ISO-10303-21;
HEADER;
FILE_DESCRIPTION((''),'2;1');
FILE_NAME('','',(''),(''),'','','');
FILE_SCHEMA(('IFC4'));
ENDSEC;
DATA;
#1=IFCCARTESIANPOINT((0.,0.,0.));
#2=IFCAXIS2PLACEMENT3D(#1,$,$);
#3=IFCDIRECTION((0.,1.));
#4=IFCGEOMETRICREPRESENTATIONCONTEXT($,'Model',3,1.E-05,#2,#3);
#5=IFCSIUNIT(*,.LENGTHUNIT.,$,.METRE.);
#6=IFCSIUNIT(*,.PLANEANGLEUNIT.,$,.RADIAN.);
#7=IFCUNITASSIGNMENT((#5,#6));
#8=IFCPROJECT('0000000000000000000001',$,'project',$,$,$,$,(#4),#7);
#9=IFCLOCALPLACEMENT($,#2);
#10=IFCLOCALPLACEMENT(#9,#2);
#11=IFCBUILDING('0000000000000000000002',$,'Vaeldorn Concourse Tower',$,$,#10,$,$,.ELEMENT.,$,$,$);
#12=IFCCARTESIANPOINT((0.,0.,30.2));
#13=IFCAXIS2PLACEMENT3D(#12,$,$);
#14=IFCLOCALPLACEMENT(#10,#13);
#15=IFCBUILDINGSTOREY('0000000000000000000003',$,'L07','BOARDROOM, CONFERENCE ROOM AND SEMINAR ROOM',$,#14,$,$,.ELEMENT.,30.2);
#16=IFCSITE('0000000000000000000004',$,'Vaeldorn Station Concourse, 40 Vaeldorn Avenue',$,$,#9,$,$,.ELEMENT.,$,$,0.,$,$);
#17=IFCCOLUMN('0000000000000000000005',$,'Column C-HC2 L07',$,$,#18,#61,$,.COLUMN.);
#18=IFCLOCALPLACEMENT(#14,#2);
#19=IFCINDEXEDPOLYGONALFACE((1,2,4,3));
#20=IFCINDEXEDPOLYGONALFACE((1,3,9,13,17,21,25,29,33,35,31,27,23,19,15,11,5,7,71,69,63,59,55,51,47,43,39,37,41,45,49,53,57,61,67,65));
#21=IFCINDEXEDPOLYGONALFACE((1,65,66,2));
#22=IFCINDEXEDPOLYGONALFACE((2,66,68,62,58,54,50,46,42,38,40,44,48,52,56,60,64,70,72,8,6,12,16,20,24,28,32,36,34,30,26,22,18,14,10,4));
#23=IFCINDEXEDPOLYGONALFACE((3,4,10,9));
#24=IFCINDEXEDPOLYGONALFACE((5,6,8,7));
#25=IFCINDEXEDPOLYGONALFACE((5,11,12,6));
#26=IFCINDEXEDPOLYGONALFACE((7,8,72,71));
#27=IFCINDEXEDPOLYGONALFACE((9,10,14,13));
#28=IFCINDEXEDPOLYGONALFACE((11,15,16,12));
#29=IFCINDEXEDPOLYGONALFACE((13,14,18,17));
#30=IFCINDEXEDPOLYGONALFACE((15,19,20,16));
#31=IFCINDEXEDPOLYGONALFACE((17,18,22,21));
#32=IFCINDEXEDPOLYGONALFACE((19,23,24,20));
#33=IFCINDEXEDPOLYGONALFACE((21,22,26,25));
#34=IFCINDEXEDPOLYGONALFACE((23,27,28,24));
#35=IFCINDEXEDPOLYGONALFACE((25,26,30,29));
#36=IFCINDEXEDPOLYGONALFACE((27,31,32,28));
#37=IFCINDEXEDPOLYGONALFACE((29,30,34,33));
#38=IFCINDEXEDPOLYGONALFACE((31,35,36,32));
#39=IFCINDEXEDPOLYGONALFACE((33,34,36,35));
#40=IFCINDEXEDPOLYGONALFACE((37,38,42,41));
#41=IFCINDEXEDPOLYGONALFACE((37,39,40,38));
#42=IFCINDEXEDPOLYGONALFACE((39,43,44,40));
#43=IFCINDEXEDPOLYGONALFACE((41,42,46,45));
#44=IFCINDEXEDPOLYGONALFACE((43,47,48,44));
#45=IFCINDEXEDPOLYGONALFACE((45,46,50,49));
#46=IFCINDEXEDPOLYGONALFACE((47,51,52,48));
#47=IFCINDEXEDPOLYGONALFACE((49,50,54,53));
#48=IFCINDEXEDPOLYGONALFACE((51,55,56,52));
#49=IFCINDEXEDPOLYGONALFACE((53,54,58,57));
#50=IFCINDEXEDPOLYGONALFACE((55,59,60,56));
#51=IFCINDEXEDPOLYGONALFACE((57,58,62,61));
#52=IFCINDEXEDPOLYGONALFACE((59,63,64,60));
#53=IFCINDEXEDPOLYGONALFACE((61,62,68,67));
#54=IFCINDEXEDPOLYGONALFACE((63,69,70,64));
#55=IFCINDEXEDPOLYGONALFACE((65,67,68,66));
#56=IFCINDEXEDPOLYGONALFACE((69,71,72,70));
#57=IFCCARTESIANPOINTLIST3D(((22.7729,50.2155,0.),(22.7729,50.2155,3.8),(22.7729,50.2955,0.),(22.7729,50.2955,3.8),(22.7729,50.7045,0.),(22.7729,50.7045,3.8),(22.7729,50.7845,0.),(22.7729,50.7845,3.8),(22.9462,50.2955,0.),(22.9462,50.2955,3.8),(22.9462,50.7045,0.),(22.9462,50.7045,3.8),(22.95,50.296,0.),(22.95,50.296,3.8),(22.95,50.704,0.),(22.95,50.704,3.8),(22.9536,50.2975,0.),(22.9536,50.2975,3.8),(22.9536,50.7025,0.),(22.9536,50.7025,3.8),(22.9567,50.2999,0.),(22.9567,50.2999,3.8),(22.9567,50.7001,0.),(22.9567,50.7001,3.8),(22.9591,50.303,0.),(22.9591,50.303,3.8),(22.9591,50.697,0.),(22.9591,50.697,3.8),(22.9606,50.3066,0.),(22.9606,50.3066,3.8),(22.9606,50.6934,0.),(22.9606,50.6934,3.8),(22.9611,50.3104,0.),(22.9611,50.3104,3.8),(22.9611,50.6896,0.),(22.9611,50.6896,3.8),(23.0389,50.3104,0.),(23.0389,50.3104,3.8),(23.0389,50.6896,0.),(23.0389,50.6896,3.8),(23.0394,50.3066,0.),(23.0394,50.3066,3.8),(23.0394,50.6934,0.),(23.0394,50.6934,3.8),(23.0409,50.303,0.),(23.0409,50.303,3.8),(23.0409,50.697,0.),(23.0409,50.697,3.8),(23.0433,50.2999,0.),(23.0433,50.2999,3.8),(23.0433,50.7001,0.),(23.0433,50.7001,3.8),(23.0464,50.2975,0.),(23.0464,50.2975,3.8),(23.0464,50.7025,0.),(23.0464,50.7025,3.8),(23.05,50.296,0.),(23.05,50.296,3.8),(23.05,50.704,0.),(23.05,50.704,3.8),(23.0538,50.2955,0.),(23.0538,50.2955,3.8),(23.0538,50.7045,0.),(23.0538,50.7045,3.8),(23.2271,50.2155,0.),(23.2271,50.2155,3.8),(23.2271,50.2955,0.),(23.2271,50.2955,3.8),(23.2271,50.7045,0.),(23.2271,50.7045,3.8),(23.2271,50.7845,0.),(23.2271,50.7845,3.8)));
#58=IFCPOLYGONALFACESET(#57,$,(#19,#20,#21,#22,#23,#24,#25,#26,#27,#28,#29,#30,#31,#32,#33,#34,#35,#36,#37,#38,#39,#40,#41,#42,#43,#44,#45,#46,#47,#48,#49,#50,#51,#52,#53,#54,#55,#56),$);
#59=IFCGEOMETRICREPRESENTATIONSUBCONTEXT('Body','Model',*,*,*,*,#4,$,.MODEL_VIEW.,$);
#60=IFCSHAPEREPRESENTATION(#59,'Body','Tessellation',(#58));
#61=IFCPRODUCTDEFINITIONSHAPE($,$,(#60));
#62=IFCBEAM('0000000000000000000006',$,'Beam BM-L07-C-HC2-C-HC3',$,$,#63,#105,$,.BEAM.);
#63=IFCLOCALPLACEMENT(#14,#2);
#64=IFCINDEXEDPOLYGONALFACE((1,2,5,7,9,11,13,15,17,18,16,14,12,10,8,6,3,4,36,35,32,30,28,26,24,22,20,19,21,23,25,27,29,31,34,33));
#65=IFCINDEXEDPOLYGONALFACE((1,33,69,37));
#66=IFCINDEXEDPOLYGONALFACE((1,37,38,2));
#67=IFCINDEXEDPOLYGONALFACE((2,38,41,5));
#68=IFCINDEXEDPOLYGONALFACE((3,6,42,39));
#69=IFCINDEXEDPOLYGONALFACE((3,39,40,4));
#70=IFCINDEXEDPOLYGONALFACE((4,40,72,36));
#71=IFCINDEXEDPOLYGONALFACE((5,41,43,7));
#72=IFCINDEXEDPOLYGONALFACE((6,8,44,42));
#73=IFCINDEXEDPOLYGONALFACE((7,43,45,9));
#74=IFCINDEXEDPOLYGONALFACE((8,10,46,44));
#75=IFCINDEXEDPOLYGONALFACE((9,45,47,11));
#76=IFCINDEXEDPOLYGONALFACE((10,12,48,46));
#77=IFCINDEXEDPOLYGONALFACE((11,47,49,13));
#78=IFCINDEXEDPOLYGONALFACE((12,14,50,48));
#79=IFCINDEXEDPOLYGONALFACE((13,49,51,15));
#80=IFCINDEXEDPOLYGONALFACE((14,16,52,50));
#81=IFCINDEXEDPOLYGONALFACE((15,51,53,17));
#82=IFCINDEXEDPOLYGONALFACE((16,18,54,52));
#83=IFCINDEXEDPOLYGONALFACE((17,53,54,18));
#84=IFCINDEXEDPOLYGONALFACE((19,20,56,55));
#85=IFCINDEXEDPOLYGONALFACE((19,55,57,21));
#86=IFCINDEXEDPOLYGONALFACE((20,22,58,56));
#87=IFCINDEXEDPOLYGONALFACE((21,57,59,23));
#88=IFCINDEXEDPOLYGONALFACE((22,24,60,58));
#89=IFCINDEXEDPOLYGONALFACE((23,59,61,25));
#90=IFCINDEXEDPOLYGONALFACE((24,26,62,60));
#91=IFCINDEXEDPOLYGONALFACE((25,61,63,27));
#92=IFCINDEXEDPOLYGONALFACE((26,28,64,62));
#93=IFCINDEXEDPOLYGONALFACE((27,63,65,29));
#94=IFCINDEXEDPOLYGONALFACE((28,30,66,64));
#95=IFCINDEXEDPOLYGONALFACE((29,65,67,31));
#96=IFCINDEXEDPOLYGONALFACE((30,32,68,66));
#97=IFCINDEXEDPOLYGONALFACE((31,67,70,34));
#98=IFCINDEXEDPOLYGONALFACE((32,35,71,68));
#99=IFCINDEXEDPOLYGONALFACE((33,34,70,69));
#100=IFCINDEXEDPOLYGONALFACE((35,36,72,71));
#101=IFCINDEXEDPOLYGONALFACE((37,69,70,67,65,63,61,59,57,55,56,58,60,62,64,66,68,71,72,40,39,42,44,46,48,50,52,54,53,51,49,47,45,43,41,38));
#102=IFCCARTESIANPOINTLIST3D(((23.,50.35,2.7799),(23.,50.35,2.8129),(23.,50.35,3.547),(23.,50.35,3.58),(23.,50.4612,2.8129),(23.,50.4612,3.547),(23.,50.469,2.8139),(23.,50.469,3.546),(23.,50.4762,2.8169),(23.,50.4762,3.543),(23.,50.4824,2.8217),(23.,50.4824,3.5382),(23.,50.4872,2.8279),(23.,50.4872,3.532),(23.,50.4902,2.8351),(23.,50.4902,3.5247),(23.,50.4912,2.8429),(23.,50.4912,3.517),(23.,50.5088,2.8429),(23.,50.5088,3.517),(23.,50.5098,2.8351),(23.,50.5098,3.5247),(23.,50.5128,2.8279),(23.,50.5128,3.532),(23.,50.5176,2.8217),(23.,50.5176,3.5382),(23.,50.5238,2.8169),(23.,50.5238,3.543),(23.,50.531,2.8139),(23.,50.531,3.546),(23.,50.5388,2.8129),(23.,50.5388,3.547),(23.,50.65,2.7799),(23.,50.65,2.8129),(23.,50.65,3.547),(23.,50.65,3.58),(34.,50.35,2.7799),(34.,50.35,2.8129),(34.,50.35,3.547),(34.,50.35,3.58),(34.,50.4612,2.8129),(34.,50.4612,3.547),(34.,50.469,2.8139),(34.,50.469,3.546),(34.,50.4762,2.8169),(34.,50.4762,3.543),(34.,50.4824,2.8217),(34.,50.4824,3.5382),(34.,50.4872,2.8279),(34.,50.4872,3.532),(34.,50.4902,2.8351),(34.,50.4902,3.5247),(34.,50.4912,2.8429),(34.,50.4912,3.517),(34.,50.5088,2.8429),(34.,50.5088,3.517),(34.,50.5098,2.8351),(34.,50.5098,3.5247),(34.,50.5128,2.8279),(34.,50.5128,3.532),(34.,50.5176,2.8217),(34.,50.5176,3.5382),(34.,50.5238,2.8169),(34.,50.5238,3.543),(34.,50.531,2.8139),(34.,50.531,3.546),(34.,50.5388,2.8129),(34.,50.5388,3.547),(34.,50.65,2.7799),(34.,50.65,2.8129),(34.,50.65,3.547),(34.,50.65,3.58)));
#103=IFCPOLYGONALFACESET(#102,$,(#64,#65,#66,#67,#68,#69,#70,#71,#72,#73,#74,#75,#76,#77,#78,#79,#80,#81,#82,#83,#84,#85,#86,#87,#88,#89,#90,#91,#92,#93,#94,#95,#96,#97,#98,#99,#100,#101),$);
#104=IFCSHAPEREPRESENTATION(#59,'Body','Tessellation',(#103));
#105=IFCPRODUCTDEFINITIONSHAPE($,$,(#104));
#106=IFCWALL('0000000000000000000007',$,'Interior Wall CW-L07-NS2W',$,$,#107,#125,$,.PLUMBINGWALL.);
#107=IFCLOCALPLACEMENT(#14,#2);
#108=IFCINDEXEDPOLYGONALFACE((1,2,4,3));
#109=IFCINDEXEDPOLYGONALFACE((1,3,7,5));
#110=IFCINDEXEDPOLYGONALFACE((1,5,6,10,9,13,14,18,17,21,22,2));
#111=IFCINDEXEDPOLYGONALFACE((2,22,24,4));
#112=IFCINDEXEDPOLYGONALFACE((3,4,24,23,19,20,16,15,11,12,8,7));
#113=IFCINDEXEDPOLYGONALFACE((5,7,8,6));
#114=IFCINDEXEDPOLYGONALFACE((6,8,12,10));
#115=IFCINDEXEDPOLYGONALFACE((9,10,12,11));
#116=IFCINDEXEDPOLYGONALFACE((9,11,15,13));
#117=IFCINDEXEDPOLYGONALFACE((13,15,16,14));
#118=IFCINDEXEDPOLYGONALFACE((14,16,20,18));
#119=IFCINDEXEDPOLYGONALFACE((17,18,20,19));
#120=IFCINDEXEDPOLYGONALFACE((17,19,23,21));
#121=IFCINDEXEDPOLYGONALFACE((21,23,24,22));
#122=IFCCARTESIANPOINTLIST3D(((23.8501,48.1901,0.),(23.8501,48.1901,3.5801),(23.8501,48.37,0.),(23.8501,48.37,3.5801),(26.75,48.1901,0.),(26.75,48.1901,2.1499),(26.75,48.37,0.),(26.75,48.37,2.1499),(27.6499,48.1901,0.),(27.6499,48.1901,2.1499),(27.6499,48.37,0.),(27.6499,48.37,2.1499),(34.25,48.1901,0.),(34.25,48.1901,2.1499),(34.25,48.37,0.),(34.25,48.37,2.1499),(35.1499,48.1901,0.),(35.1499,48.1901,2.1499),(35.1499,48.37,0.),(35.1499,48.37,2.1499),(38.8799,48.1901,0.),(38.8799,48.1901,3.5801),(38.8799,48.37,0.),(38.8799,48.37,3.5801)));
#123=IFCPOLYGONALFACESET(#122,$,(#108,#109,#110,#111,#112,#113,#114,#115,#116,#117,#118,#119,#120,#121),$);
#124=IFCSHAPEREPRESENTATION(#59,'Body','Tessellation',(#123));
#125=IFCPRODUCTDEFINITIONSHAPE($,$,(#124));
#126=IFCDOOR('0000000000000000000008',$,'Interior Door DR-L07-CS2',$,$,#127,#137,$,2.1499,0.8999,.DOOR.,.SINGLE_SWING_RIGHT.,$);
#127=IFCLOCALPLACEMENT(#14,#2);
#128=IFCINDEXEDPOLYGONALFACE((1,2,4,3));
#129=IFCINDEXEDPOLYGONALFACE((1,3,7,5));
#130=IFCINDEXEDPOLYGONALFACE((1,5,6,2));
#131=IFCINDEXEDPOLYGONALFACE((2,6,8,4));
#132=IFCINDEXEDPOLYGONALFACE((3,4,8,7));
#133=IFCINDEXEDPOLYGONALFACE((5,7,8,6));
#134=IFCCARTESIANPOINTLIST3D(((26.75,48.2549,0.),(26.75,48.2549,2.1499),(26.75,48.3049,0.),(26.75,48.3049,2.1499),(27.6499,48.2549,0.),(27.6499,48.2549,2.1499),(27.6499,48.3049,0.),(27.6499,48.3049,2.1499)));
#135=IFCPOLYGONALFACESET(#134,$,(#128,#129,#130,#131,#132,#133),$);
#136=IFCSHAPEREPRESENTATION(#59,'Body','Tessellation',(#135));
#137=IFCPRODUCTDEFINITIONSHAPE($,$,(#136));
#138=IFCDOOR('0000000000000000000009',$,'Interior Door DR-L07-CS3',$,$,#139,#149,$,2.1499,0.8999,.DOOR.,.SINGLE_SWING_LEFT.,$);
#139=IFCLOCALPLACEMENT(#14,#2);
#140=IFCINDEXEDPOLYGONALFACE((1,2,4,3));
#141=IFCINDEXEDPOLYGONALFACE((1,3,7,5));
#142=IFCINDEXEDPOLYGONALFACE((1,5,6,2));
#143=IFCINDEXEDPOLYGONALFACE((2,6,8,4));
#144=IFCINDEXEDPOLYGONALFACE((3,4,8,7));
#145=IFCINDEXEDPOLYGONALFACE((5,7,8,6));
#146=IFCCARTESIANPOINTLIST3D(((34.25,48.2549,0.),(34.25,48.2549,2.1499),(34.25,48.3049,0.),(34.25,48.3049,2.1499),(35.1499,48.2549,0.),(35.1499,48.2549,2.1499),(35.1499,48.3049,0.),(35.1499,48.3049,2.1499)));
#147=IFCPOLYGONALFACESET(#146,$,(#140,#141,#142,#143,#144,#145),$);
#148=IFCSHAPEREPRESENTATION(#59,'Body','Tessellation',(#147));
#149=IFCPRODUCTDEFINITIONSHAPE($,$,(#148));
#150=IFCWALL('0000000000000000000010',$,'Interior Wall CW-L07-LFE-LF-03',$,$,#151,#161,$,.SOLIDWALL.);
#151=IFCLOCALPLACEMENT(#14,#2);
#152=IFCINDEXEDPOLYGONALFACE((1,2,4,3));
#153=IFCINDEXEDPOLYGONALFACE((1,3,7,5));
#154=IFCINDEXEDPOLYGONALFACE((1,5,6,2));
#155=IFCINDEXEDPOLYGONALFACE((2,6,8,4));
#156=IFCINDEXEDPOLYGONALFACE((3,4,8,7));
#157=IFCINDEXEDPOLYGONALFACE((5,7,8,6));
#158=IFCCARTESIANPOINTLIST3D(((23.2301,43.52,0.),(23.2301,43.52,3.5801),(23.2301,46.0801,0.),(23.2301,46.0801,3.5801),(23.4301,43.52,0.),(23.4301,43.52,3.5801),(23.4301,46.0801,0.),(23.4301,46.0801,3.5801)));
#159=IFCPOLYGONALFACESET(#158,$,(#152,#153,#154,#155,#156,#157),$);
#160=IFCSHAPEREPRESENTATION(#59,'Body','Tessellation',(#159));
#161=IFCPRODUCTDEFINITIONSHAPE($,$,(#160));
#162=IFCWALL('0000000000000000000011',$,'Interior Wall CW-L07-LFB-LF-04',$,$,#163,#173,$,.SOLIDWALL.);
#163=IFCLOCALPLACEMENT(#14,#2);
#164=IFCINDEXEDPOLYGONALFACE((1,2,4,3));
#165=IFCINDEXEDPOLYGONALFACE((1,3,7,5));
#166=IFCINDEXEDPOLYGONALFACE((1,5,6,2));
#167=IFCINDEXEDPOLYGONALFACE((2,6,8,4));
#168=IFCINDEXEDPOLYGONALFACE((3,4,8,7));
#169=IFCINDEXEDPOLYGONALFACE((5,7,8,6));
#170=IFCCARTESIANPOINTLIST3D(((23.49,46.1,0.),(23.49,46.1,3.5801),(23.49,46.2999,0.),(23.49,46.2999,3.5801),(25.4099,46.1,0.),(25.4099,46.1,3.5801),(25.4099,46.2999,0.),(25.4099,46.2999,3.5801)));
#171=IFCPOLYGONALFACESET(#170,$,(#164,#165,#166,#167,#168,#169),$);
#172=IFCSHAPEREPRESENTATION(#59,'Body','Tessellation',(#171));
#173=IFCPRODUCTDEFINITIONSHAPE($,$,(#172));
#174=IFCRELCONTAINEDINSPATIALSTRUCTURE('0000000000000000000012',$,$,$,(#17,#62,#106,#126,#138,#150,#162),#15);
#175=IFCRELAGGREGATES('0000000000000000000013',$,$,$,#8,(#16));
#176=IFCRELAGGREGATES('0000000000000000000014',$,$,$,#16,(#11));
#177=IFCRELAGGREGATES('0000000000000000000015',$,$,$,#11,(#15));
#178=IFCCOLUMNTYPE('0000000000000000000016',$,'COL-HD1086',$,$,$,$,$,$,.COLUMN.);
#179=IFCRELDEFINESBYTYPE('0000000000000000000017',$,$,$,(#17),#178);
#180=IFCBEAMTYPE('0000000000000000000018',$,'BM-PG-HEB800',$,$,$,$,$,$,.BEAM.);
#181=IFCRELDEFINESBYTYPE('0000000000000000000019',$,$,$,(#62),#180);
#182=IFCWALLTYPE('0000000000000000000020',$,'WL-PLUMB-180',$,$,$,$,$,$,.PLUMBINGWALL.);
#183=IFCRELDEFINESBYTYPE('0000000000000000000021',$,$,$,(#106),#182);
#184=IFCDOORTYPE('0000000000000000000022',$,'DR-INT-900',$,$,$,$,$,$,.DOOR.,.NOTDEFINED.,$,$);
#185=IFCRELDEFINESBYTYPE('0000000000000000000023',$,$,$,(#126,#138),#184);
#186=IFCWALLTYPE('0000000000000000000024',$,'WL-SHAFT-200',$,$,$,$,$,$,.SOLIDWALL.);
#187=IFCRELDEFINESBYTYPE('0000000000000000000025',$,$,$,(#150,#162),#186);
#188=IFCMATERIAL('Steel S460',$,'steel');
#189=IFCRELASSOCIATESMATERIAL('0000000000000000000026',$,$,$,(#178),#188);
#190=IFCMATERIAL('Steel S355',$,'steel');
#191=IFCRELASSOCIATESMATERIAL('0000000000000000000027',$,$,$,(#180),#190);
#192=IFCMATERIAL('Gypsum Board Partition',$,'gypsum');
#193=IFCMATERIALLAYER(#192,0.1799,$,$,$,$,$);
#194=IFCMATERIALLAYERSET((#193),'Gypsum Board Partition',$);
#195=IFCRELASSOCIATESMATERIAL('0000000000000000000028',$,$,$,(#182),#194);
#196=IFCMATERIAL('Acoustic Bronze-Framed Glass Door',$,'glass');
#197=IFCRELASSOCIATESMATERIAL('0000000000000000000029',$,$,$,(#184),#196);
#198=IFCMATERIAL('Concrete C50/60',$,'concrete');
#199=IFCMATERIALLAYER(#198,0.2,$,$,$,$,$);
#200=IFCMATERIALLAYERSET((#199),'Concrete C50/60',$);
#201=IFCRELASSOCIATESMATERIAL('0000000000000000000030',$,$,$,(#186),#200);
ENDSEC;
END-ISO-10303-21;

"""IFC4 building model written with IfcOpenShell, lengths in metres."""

from ifc_helpers import new_model, si_unit, direction, frame, frame_2d, origin, origin_2d, place, context, subcontext, project, spatial, rectangle, i_section, extrude, source, transform, mapped, material, layer, layer_set, material_profile, profile_set, type_object, element, fill, save


model = new_model("IFC4")

# Units and contexts
model_context = context("Model", 3, precision=1e-05, world=origin(), true_north=direction((0.0, 1.0)))
body_context = subcontext(model_context, "Body", "Model", "MODEL_VIEW")
ifc_project = project(units=[si_unit("LENGTHUNIT", "METRE"), si_unit("PLANEANGLEUNIT", "RADIAN")], contexts=[model_context])

# Site, building, storey
site_placement = place(None, origin())
site = spatial("IfcSite", under=ifc_project, at=site_placement, Name="Vaeldorn Station Concourse, 40 Vaeldorn Avenue", CompositionType="ELEMENT", RefElevation=0.0)
building_placement = place(site_placement, origin())
building = spatial("IfcBuilding", under=site, at=building_placement, Name="Vaeldorn Concourse Tower", CompositionType="ELEMENT")
storey_placement = place(building_placement, frame((0.0, 0.0, 30.2)))
storey = spatial("IfcBuildingStorey", under=building, at=storey_placement, Name="L07", Description="BOARDROOM, CONFERENCE ROOM AND SEMINAR ROOM", CompositionType="ELEMENT", Elevation=30.2)

# Column
ifc_material_1 = material(Name="Steel S460", Category="steel")
ifc_material_profile_1 = material_profile(ifc_material_1, i_section(OverallWidth=0.4541, OverallDepth=0.5691, WebThickness=0.0779, FlangeThickness=0.0801, FilletRadius=0.0149, at=origin_2d()), Name="HD 400x1086")
ifc_profile_set_1 = profile_set([ifc_material_profile_1], Name="Steel S460")
column_type = type_object("IfcColumnType", Name="COL-HD1086", PredefinedType="COLUMN", material=ifc_profile_set_1)
shared_shape_1 = source(origin(), body_context, "Body", "SweptSolid", [
    extrude(i_section(OverallWidth=0.4541, OverallDepth=0.5691, WebThickness=0.0779, FlangeThickness=0.0801, FilletRadius=0.0149, at=origin_2d()), origin(), (0.0, 0.0, 1.0), 3.8),
])
column_placement = place(storey_placement, frame((23.0, 50.5, 0.0), z_axis=(0.0, 0.0, 1.0), x_axis=(1.0, 0.0, 0.0)))
element("IfcColumn", 1, at=column_placement, inside=storey, type_object=column_type, Name="Column C-HC2 L07", PredefinedType="COLUMN", context=body_context, shape_type="MappedRepresentation", body=[
    mapped(shared_shape_1, transform((0.0, 0.0, 0.0), scale=1.0)),
])

# Beam
ifc_material_2 = material(Name="Steel S355", Category="steel")
ifc_material_profile_2 = material_profile(ifc_material_2, i_section(OverallWidth=0.3, OverallDepth=0.8, WebThickness=0.0176, FlangeThickness=0.033, FilletRadius=0.03, at=origin_2d()), Name="HEB 800")
ifc_profile_set_2 = profile_set([ifc_material_profile_2], Name="Steel S355")
beam_type = type_object("IfcBeamType", Name="BM-PG-HEB800", PredefinedType="BEAM", material=ifc_profile_set_2)
shared_shape_2 = source(origin(), body_context, "Body", "SweptSolid", [
    extrude(i_section(OverallWidth=0.3, OverallDepth=0.8, WebThickness=0.0176, FlangeThickness=0.033, FilletRadius=0.03, at=origin_2d()), origin(), (0.0, 0.0, 1.0), 11.0),
])
beam_placement = place(storey_placement, frame((23.0, 50.5, 3.1799), z_axis=(1.0, 0.0, 0.0), x_axis=(0.0, 1.0, 0.0)))
element("IfcBeam", 2, at=beam_placement, inside=storey, type_object=beam_type, Name="Beam BM-L07-C-HC2-C-HC3", PredefinedType="BEAM", context=body_context, shape_type="MappedRepresentation", body=[
    mapped(shared_shape_2, transform((0.0, 0.0, 0.0), scale=1.0)),
])

# Wall, openings, doors
ifc_material_3 = material(Name="Gypsum Board Partition", Category="gypsum")
ifc_layer_1 = layer(ifc_material_3, 0.1799)
ifc_layer_set_1 = layer_set([ifc_layer_1], Name="Gypsum Board Partition")
wall_type_1 = type_object("IfcWallType", Name="WL-PLUMB-180", PredefinedType="PLUMBINGWALL", material=ifc_layer_set_1)
wall_1_placement = place(storey_placement, frame((23.8501, 48.28, 0.0), z_axis=(0.0, 0.0, 1.0), x_axis=(1.0, 0.0, 0.0)))
wall_1 = element("IfcWall", 3, at=wall_1_placement, inside=storey, type_object=wall_type_1, Name="Interior Wall CW-L07-NS2W", PredefinedType="PLUMBINGWALL", context=body_context, shape_type="SweptSolid", body=[
    extrude(rectangle(XDim=15.0298, YDim=0.1799, at=frame_2d((7.5149, 0.0))), origin(), (0.0, 0.0, 1.0), 3.5801),
])
opening_1_placement = place(wall_1_placement, frame((2.8999, 0.0, 0.0)))
opening_1 = element("IfcOpeningElement", 4, at=opening_1_placement, cuts=wall_1, PredefinedType="OPENING", context=body_context, shape_type="SweptSolid", body=[
    extrude(rectangle(XDim=0.8999, YDim=2.1499, at=frame_2d((0.45, 1.075))), frame((0.0, 0.1001, 0.0), z_axis=(0.0, -1.0, 0.0), x_axis=(1.0, 0.0, 0.0)), (0.0, 0.0, 1.0), 0.2),
])
opening_2_placement = place(wall_1_placement, frame((10.3999, 0.0, 0.0)))
opening_2 = element("IfcOpeningElement", 5, at=opening_2_placement, cuts=wall_1, PredefinedType="OPENING", context=body_context, shape_type="SweptSolid", body=[
    extrude(rectangle(XDim=0.8999, YDim=2.1499, at=frame_2d((0.45, 1.075))), frame((0.0, 0.1001, 0.0), z_axis=(0.0, -1.0, 0.0), x_axis=(1.0, 0.0, 0.0)), (0.0, 0.0, 1.0), 0.2),
])
ifc_material_4 = material(Name="Acoustic Bronze-Framed Glass Door", Category="glass")
door_type_1 = type_object("IfcDoorType", Name="DR-INT-900", OperationType="NOTDEFINED", PredefinedType="DOOR", material=ifc_material_4)
shared_shape_3 = source(origin(), body_context, "Body", "SweptSolid", [
    extrude(rectangle(XDim=0.8999, YDim=2.1499, at=frame_2d((0.45, 1.075))), frame((0.0, 0.0249, 0.0), z_axis=(0.0, -1.0, 0.0), x_axis=(1.0, 0.0, 0.0)), (0.0, 0.0, 1.0), 0.05),
])
door_1_placement = place(opening_1_placement, origin())
door_1 = element("IfcDoor", 6, at=door_1_placement, inside=storey, type_object=door_type_1, Name="Interior Door DR-L07-CS2", OperationType="SINGLE_SWING_RIGHT", OverallHeight=2.1499, OverallWidth=0.8999, PredefinedType="DOOR", context=body_context, shape_type="MappedRepresentation", body=[
    mapped(shared_shape_3, transform((0.0, 0.0, 0.0), scale=1.0)),
])
fill(opening_1, door_1)
door_2_placement = place(opening_2_placement, origin())
door_2 = element("IfcDoor", 7, at=door_2_placement, inside=storey, type_object=door_type_1, Name="Interior Door DR-L07-CS3", OperationType="SINGLE_SWING_LEFT", OverallHeight=2.1499, OverallWidth=0.8999, PredefinedType="DOOR", context=body_context, shape_type="MappedRepresentation", body=[
    mapped(shared_shape_3, transform((0.0, 0.0, 0.0), scale=1.0)),
])
fill(opening_2, door_2)

# Wall
ifc_material_5 = material(Name="Concrete C50/60", Category="concrete")
ifc_layer_2 = layer(ifc_material_5, 0.2)
ifc_layer_set_2 = layer_set([ifc_layer_2], Name="Concrete C50/60")
wall_type_2 = type_object("IfcWallType", Name="WL-SHAFT-200", PredefinedType="SOLIDWALL", material=ifc_layer_set_2)
wall_2_placement = place(storey_placement, frame((23.3301, 43.52, 0.0), z_axis=(0.0, 0.0, 1.0), x_axis=(0.0, 1.0, 0.0)))
element("IfcWall", 8, at=wall_2_placement, inside=storey, type_object=wall_type_2, Name="Interior Wall CW-L07-LFE-LF-03", PredefinedType="SOLIDWALL", context=body_context, shape_type="SweptSolid", body=[
    extrude(rectangle(XDim=2.5601, YDim=0.2, at=frame_2d((1.28, 0.0))), origin(), (0.0, 0.0, 1.0), 3.5801),
])

# Wall
wall_3_placement = place(storey_placement, frame((23.49, 46.2, 0.0), z_axis=(0.0, 0.0, 1.0), x_axis=(1.0, 0.0, 0.0)))
element("IfcWall", 9, at=wall_3_placement, inside=storey, type_object=wall_type_2, Name="Interior Wall CW-L07-LFB-LF-04", PredefinedType="SOLIDWALL", context=body_context, shape_type="SweptSolid", body=[
    extrude(rectangle(XDim=1.9199, YDim=0.2, at=frame_2d((0.96, 0.0))), origin(), (0.0, 0.0, 1.0), 3.5801),
])

save(model, "model.ifc")
